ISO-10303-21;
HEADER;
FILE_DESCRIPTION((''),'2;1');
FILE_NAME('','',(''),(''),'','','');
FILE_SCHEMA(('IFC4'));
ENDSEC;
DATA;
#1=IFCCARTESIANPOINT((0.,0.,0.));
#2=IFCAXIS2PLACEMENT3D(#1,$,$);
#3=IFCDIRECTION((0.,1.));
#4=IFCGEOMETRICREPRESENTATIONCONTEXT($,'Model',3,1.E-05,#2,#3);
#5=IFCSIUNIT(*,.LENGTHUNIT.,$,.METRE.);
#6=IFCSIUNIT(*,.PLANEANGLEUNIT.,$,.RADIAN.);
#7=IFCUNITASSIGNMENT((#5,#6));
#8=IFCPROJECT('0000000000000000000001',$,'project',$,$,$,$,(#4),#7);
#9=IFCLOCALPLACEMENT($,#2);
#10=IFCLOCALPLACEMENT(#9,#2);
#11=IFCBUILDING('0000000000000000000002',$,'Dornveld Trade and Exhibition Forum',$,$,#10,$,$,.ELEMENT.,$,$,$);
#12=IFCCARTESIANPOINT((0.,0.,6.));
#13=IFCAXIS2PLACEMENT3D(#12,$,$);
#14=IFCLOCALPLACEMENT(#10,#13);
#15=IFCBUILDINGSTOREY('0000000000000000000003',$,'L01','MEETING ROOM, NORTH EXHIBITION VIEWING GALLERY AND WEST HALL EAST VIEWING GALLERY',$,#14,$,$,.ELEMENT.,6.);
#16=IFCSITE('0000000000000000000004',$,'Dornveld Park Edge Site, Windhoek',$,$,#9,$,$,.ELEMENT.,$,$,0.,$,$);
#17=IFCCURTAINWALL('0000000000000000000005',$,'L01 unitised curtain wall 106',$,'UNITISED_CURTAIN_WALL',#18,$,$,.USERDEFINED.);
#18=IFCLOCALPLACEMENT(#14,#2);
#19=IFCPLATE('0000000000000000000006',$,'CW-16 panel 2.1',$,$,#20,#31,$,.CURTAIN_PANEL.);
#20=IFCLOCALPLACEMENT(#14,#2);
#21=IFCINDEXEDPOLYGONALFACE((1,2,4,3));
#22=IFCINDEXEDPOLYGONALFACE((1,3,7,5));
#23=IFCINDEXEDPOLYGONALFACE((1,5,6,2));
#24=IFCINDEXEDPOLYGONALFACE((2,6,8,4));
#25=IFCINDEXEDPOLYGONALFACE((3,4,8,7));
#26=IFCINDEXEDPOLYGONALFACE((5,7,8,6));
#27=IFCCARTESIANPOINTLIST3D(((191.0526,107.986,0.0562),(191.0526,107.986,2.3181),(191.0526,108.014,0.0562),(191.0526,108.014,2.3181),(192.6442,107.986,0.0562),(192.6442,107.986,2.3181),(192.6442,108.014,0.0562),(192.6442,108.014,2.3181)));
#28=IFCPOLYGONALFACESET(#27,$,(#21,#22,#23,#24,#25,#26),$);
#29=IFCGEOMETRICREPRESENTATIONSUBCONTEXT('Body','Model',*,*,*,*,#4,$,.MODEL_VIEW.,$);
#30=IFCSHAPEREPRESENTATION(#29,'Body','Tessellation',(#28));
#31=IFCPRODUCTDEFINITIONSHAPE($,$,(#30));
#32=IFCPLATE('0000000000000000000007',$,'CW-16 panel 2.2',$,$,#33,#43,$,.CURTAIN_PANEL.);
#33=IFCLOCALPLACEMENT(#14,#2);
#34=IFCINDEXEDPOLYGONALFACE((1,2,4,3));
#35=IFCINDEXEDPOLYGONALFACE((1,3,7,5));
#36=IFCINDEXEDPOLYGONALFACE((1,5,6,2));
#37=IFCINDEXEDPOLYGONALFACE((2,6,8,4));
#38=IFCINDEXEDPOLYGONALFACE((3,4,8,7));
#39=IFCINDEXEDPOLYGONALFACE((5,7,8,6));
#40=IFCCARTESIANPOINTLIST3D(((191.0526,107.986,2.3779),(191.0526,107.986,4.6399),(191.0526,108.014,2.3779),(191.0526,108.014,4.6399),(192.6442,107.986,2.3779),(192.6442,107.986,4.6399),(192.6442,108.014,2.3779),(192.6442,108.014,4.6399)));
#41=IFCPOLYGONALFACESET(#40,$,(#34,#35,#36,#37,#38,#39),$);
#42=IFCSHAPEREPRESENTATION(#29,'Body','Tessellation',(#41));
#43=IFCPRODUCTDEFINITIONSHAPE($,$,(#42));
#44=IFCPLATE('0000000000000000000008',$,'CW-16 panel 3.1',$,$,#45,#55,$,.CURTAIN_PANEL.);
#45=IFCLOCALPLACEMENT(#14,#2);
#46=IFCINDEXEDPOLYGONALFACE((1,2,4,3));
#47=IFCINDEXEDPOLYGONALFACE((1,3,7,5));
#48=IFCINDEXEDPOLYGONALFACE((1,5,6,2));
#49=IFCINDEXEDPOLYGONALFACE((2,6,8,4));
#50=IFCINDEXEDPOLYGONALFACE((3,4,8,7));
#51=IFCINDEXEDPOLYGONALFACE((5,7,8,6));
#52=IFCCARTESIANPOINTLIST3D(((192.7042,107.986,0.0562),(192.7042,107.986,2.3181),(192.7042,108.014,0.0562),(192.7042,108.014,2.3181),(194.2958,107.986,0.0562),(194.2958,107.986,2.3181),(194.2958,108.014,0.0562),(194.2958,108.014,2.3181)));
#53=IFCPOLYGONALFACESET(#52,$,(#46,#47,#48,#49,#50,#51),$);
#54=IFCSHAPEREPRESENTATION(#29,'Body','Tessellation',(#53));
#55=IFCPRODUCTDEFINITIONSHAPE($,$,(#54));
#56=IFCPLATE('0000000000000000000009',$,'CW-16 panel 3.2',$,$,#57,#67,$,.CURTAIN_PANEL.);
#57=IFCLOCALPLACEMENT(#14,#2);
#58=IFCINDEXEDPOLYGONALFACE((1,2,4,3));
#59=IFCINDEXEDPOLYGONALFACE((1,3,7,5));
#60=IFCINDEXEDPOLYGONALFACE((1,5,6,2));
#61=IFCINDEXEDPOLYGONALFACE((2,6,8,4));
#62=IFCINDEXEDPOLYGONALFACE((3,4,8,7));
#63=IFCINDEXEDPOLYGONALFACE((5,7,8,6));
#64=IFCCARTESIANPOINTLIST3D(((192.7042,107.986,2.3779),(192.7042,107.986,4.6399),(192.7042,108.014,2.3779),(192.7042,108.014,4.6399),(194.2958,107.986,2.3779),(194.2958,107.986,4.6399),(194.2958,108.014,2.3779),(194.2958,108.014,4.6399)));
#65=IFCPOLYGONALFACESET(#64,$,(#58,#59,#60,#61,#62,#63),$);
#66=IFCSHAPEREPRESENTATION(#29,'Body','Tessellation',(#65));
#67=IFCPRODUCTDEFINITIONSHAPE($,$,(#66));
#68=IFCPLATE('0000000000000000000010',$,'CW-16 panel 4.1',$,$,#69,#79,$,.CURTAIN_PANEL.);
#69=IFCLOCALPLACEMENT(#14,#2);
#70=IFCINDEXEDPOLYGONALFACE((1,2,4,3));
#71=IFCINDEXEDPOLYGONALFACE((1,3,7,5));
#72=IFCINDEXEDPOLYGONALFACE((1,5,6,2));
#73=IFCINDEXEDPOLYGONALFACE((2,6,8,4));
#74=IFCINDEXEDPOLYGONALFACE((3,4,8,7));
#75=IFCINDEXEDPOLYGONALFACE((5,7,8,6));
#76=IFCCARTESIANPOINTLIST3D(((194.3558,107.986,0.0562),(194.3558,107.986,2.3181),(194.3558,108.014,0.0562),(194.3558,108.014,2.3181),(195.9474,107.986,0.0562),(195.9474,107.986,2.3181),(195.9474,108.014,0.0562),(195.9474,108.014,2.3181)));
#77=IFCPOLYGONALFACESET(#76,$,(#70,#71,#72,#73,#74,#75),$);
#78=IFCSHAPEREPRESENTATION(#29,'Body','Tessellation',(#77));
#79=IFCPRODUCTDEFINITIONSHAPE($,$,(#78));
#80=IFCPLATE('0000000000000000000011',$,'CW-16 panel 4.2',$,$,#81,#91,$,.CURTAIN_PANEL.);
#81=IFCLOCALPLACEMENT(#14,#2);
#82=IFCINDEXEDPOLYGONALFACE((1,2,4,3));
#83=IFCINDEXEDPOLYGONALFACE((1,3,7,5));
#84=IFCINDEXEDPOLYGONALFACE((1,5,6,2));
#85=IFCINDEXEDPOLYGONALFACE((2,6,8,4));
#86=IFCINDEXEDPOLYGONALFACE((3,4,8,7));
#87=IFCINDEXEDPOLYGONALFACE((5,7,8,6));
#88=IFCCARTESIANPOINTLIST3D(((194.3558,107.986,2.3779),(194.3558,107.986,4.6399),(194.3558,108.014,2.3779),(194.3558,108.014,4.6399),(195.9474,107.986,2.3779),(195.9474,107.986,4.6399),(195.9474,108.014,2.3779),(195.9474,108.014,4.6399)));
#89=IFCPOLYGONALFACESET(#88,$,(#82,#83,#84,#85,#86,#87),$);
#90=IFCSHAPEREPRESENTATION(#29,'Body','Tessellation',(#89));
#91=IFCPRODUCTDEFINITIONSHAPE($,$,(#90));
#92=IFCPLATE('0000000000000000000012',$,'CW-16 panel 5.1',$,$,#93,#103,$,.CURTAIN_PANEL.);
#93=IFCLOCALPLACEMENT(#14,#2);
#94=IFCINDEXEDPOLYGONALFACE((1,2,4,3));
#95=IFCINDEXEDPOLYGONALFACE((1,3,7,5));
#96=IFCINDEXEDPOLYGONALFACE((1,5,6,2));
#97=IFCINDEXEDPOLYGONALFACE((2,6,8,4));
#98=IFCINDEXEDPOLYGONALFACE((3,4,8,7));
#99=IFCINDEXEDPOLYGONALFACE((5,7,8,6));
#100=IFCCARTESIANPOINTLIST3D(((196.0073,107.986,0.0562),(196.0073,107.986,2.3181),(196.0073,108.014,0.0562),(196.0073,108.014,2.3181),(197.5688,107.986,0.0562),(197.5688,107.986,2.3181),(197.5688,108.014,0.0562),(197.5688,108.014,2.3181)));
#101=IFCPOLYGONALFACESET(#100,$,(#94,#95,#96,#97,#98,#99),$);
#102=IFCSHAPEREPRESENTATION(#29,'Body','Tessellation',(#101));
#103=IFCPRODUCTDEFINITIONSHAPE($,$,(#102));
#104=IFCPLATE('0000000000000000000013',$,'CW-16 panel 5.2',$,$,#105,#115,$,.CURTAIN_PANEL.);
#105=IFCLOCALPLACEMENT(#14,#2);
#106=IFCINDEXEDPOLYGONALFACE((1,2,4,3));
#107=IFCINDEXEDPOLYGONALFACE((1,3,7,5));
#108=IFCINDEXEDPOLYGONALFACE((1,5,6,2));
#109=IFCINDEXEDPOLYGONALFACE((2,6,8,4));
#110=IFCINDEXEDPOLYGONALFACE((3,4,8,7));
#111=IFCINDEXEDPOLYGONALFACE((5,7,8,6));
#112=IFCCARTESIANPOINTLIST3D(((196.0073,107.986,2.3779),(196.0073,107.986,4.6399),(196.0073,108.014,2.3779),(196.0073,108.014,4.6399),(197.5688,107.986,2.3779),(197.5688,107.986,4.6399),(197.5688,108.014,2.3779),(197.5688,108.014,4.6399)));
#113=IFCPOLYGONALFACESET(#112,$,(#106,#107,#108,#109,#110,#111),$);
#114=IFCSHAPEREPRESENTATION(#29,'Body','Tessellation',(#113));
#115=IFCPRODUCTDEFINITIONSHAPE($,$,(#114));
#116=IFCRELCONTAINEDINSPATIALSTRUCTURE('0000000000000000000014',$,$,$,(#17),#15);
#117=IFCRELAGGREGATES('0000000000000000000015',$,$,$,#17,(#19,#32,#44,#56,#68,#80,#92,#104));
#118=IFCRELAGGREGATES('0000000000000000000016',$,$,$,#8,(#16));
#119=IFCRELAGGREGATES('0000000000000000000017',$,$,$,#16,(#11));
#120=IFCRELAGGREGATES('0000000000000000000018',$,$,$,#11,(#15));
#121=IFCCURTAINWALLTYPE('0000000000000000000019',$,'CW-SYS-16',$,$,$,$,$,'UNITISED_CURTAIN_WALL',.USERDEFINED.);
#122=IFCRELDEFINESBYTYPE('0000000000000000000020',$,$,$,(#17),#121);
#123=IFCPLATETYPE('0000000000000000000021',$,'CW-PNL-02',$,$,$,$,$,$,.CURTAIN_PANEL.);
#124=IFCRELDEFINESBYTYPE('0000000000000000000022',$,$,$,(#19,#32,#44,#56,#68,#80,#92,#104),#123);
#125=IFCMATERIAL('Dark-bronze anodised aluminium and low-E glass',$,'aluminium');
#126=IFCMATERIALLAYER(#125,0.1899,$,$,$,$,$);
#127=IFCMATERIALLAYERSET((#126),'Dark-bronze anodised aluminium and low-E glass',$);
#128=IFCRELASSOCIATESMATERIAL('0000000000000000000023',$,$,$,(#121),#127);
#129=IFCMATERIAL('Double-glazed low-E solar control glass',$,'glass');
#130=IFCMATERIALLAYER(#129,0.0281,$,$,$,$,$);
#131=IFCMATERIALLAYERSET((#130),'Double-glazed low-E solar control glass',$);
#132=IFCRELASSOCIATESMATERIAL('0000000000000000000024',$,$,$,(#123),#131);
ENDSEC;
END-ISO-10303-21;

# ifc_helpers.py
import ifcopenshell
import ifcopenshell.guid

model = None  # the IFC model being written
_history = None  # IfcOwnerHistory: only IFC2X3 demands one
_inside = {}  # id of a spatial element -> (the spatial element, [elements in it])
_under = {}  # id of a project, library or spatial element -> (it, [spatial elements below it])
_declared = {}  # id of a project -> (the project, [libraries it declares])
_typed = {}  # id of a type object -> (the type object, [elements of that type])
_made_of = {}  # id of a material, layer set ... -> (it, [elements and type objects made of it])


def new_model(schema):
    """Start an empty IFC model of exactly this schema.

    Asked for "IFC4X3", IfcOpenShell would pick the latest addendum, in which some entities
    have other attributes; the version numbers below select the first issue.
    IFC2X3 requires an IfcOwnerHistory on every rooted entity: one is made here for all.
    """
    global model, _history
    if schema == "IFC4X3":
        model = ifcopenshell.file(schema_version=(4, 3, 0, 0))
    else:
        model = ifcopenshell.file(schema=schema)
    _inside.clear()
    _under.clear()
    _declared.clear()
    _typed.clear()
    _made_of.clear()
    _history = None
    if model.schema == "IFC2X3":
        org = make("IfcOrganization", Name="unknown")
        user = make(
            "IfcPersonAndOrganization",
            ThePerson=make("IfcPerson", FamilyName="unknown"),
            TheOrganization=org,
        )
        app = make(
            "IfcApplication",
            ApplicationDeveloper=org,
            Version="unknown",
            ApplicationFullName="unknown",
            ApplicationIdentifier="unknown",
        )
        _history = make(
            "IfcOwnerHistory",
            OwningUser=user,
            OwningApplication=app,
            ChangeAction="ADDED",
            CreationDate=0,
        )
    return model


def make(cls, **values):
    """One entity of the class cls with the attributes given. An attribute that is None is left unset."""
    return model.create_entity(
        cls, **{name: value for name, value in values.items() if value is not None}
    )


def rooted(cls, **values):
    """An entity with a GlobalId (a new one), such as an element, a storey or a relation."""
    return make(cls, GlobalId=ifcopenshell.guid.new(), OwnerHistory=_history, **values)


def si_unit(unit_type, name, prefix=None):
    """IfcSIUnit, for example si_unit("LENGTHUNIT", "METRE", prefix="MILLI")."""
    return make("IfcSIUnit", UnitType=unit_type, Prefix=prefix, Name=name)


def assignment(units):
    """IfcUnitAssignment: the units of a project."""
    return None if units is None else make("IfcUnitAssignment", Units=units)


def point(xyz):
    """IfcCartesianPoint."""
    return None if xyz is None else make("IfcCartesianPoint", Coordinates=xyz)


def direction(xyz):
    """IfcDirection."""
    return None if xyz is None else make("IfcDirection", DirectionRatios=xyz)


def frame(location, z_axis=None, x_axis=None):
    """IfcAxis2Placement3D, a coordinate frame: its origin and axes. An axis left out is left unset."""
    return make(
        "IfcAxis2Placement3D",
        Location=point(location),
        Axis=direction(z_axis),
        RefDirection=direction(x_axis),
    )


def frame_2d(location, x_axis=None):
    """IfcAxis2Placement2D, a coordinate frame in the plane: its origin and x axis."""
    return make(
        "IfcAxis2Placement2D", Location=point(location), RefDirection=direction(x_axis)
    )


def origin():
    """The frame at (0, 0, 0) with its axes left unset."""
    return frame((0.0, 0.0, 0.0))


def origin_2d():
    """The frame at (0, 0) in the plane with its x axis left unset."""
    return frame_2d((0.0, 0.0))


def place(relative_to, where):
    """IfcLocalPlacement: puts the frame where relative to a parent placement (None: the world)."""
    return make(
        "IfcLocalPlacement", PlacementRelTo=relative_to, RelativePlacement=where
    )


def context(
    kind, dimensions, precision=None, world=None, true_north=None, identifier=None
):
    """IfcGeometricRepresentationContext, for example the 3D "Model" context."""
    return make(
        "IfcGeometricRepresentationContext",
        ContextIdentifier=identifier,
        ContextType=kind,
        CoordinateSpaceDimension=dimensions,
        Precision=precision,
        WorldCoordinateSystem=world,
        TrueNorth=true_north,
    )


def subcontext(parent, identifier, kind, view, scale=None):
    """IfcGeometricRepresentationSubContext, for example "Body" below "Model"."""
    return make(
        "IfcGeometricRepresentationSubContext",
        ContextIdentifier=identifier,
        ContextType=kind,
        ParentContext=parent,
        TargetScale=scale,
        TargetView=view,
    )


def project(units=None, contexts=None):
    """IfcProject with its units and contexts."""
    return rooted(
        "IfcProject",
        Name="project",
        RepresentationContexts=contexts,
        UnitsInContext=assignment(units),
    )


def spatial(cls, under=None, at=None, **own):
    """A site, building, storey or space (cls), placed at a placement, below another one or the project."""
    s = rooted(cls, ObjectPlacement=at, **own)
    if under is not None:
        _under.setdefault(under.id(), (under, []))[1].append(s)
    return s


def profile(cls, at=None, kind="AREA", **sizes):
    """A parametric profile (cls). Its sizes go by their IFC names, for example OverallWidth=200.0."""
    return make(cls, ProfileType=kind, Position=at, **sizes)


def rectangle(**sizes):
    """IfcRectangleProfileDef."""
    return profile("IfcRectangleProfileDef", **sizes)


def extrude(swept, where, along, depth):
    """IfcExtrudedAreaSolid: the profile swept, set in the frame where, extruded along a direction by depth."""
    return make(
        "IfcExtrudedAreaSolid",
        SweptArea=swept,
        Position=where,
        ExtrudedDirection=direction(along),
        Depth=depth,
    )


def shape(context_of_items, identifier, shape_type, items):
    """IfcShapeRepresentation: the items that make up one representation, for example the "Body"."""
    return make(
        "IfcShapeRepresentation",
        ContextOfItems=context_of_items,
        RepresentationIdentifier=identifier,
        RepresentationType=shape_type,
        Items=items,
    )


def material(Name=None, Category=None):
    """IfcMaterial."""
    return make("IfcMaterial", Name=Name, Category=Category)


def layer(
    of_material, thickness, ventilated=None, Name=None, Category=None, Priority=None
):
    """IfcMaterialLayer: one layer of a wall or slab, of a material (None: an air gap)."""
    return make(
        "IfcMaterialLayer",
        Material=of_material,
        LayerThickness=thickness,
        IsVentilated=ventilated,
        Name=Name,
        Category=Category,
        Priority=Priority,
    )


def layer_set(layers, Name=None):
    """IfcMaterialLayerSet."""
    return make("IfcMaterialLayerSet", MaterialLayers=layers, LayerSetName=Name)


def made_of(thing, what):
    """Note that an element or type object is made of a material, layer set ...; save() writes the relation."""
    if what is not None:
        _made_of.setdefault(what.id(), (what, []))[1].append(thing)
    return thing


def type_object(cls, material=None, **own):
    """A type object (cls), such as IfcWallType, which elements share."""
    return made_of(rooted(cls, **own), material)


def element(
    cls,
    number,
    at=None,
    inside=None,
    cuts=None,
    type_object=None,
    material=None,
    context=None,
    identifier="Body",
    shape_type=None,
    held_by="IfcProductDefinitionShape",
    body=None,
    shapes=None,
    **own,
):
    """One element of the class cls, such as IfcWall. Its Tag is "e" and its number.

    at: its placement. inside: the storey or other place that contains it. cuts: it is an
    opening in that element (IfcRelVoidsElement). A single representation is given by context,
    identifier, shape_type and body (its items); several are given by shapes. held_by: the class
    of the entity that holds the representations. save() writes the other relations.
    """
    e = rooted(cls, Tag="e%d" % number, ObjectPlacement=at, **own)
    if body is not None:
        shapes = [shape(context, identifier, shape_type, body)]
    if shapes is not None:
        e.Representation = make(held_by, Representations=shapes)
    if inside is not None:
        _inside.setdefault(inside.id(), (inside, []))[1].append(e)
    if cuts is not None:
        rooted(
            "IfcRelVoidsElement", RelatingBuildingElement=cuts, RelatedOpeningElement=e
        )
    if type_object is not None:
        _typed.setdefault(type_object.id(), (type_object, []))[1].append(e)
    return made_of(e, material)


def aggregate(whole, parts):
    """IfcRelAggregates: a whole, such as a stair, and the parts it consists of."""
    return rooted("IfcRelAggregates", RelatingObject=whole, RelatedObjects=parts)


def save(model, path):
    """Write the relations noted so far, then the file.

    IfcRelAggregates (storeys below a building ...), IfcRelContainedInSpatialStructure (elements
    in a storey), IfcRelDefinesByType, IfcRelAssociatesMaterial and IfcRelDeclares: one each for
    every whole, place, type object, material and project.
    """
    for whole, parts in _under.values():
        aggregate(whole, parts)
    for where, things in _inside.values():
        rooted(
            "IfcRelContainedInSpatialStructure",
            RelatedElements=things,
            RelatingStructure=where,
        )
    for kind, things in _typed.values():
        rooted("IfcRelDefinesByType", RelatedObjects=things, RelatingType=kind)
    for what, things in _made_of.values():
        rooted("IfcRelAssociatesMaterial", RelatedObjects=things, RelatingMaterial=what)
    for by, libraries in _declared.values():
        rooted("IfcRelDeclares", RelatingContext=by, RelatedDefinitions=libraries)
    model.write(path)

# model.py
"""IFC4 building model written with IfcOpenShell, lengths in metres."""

from ifc_helpers import new_model, si_unit, direction, frame, origin, origin_2d, place, context, subcontext, project, spatial, rectangle, extrude, material, layer, layer_set, type_object, element, aggregate, save


model = new_model("IFC4")

# Units and contexts
model_context = context("Model", 3, precision=1e-05, world=origin(), true_north=direction((0.0, 1.0)))
body_context = subcontext(model_context, "Body", "Model", "MODEL_VIEW")
ifc_project = project(units=[si_unit("LENGTHUNIT", "METRE"), si_unit("PLANEANGLEUNIT", "RADIAN")], contexts=[model_context])

# Site, building, storey
site_placement = place(None, origin())
site = spatial("IfcSite", under=ifc_project, at=site_placement, Name="Dornveld Park Edge Site, Windhoek", CompositionType="ELEMENT", RefElevation=0.0)
building_placement = place(site_placement, origin())
building = spatial("IfcBuilding", under=site, at=building_placement, Name="Dornveld Trade and Exhibition Forum", CompositionType="ELEMENT")
storey_placement = place(building_placement, frame((0.0, 0.0, 6.0)))
storey = spatial("IfcBuildingStorey", under=building, at=storey_placement, Name="L01", Description="MEETING ROOM, NORTH EXHIBITION VIEWING GALLERY AND WEST HALL EAST VIEWING GALLERY", CompositionType="ELEMENT", Elevation=6.0)

# Curtain wall, plates
ifc_material_1 = material(Name="Dark-bronze anodised aluminium and low-E glass", Category="aluminium")
ifc_layer_1 = layer(ifc_material_1, 0.1899)
ifc_layer_set_1 = layer_set([ifc_layer_1], Name="Dark-bronze anodised aluminium and low-E glass")
curtain_wall_type = type_object("IfcCurtainWallType", Name="CW-SYS-16", ElementType="UNITISED_CURTAIN_WALL", PredefinedType="USERDEFINED", material=ifc_layer_set_1)
curtain_wall_placement = place(storey_placement, origin())
curtain_wall = element("IfcCurtainWall", 1, at=curtain_wall_placement, inside=storey, type_object=curtain_wall_type, Name="L01 unitised curtain wall 106", ObjectType="UNITISED_CURTAIN_WALL", PredefinedType="USERDEFINED")
ifc_material_2 = material(Name="Double-glazed low-E solar control glass", Category="glass")
ifc_layer_2 = layer(ifc_material_2, 0.0281)
ifc_layer_set_2 = layer_set([ifc_layer_2], Name="Double-glazed low-E solar control glass")
plate_type = type_object("IfcPlateType", Name="CW-PNL-02", PredefinedType="CURTAIN_PANEL", material=ifc_layer_set_2)
plate_1_placement = place(storey_placement, frame((191.8484, 108.0, 0.0562), z_axis=(0.0, 0.0, 1.0), x_axis=(1.0, 0.0, 0.0)))
plate_1 = element("IfcPlate", 2, at=plate_1_placement, type_object=plate_type, Name="CW-16 panel 2.1", PredefinedType="CURTAIN_PANEL", context=body_context, shape_type="SweptSolid", body=[
    extrude(rectangle(XDim=1.5916, YDim=0.0281, at=origin_2d()), origin(), (0.0, 0.0, 1.0), 2.262),
])
plate_2_placement = place(storey_placement, frame((191.8484, 108.0, 2.3779), z_axis=(0.0, 0.0, 1.0), x_axis=(1.0, 0.0, 0.0)))
plate_2 = element("IfcPlate", 3, at=plate_2_placement, type_object=plate_type, Name="CW-16 panel 2.2", PredefinedType="CURTAIN_PANEL", context=body_context, shape_type="SweptSolid", body=[
    extrude(rectangle(XDim=1.5916, YDim=0.0281, at=origin_2d()), origin(), (0.0, 0.0, 1.0), 2.262),
])
plate_3_placement = place(storey_placement, frame((193.5, 108.0, 0.0562), z_axis=(0.0, 0.0, 1.0), x_axis=(1.0, 0.0, 0.0)))
plate_3 = element("IfcPlate", 4, at=plate_3_placement, type_object=plate_type, Name="CW-16 panel 3.1", PredefinedType="CURTAIN_PANEL", context=body_context, shape_type="SweptSolid", body=[
    extrude(rectangle(XDim=1.5916, YDim=0.0281, at=origin_2d()), origin(), (0.0, 0.0, 1.0), 2.262),
])
plate_4_placement = place(storey_placement, frame((193.5, 108.0, 2.3779), z_axis=(0.0, 0.0, 1.0), x_axis=(1.0, 0.0, 0.0)))
plate_4 = element("IfcPlate", 5, at=plate_4_placement, type_object=plate_type, Name="CW-16 panel 3.2", PredefinedType="CURTAIN_PANEL", context=body_context, shape_type="SweptSolid", body=[
    extrude(rectangle(XDim=1.5916, YDim=0.0281, at=origin_2d()), origin(), (0.0, 0.0, 1.0), 2.262),
])
plate_5_placement = place(storey_placement, frame((195.1516, 108.0, 0.0562), z_axis=(0.0, 0.0, 1.0), x_axis=(1.0, 0.0, 0.0)))
plate_5 = element("IfcPlate", 6, at=plate_5_placement, type_object=plate_type, Name="CW-16 panel 4.1", PredefinedType="CURTAIN_PANEL", context=body_context, shape_type="SweptSolid", body=[
    extrude(rectangle(XDim=1.5916, YDim=0.0281, at=origin_2d()), origin(), (0.0, 0.0, 1.0), 2.262),
])
plate_6_placement = place(storey_placement, frame((195.1516, 108.0, 2.3779), z_axis=(0.0, 0.0, 1.0), x_axis=(1.0, 0.0, 0.0)))
plate_6 = element("IfcPlate", 7, at=plate_6_placement, type_object=plate_type, Name="CW-16 panel 4.2", PredefinedType="CURTAIN_PANEL", context=body_context, shape_type="SweptSolid", body=[
    extrude(rectangle(XDim=1.5916, YDim=0.0281, at=origin_2d()), origin(), (0.0, 0.0, 1.0), 2.262),
])
plate_7_placement = place(storey_placement, frame((196.7881, 108.0, 0.0562), z_axis=(0.0, 0.0, 1.0), x_axis=(1.0, 0.0, 0.0)))
plate_7 = element("IfcPlate", 8, at=plate_7_placement, type_object=plate_type, Name="CW-16 panel 5.1", PredefinedType="CURTAIN_PANEL", context=body_context, shape_type="SweptSolid", body=[
    extrude(rectangle(XDim=1.5615, YDim=0.0281, at=origin_2d()), origin(), (0.0, 0.0, 1.0), 2.262),
])
plate_8_placement = place(storey_placement, frame((196.7881, 108.0, 2.3779), z_axis=(0.0, 0.0, 1.0), x_axis=(1.0, 0.0, 0.0)))
plate_8 = element("IfcPlate", 9, at=plate_8_placement, type_object=plate_type, Name="CW-16 panel 5.2", PredefinedType="CURTAIN_PANEL", context=body_context, shape_type="SweptSolid", body=[
    extrude(rectangle(XDim=1.5615, YDim=0.0281, at=origin_2d()), origin(), (0.0, 0.0, 1.0), 2.262),
])
aggregate(curtain_wall, [plate_1, plate_2, plate_3, plate_4, plate_5, plate_6, plate_7, plate_8])

save(model, "model.ifc")
